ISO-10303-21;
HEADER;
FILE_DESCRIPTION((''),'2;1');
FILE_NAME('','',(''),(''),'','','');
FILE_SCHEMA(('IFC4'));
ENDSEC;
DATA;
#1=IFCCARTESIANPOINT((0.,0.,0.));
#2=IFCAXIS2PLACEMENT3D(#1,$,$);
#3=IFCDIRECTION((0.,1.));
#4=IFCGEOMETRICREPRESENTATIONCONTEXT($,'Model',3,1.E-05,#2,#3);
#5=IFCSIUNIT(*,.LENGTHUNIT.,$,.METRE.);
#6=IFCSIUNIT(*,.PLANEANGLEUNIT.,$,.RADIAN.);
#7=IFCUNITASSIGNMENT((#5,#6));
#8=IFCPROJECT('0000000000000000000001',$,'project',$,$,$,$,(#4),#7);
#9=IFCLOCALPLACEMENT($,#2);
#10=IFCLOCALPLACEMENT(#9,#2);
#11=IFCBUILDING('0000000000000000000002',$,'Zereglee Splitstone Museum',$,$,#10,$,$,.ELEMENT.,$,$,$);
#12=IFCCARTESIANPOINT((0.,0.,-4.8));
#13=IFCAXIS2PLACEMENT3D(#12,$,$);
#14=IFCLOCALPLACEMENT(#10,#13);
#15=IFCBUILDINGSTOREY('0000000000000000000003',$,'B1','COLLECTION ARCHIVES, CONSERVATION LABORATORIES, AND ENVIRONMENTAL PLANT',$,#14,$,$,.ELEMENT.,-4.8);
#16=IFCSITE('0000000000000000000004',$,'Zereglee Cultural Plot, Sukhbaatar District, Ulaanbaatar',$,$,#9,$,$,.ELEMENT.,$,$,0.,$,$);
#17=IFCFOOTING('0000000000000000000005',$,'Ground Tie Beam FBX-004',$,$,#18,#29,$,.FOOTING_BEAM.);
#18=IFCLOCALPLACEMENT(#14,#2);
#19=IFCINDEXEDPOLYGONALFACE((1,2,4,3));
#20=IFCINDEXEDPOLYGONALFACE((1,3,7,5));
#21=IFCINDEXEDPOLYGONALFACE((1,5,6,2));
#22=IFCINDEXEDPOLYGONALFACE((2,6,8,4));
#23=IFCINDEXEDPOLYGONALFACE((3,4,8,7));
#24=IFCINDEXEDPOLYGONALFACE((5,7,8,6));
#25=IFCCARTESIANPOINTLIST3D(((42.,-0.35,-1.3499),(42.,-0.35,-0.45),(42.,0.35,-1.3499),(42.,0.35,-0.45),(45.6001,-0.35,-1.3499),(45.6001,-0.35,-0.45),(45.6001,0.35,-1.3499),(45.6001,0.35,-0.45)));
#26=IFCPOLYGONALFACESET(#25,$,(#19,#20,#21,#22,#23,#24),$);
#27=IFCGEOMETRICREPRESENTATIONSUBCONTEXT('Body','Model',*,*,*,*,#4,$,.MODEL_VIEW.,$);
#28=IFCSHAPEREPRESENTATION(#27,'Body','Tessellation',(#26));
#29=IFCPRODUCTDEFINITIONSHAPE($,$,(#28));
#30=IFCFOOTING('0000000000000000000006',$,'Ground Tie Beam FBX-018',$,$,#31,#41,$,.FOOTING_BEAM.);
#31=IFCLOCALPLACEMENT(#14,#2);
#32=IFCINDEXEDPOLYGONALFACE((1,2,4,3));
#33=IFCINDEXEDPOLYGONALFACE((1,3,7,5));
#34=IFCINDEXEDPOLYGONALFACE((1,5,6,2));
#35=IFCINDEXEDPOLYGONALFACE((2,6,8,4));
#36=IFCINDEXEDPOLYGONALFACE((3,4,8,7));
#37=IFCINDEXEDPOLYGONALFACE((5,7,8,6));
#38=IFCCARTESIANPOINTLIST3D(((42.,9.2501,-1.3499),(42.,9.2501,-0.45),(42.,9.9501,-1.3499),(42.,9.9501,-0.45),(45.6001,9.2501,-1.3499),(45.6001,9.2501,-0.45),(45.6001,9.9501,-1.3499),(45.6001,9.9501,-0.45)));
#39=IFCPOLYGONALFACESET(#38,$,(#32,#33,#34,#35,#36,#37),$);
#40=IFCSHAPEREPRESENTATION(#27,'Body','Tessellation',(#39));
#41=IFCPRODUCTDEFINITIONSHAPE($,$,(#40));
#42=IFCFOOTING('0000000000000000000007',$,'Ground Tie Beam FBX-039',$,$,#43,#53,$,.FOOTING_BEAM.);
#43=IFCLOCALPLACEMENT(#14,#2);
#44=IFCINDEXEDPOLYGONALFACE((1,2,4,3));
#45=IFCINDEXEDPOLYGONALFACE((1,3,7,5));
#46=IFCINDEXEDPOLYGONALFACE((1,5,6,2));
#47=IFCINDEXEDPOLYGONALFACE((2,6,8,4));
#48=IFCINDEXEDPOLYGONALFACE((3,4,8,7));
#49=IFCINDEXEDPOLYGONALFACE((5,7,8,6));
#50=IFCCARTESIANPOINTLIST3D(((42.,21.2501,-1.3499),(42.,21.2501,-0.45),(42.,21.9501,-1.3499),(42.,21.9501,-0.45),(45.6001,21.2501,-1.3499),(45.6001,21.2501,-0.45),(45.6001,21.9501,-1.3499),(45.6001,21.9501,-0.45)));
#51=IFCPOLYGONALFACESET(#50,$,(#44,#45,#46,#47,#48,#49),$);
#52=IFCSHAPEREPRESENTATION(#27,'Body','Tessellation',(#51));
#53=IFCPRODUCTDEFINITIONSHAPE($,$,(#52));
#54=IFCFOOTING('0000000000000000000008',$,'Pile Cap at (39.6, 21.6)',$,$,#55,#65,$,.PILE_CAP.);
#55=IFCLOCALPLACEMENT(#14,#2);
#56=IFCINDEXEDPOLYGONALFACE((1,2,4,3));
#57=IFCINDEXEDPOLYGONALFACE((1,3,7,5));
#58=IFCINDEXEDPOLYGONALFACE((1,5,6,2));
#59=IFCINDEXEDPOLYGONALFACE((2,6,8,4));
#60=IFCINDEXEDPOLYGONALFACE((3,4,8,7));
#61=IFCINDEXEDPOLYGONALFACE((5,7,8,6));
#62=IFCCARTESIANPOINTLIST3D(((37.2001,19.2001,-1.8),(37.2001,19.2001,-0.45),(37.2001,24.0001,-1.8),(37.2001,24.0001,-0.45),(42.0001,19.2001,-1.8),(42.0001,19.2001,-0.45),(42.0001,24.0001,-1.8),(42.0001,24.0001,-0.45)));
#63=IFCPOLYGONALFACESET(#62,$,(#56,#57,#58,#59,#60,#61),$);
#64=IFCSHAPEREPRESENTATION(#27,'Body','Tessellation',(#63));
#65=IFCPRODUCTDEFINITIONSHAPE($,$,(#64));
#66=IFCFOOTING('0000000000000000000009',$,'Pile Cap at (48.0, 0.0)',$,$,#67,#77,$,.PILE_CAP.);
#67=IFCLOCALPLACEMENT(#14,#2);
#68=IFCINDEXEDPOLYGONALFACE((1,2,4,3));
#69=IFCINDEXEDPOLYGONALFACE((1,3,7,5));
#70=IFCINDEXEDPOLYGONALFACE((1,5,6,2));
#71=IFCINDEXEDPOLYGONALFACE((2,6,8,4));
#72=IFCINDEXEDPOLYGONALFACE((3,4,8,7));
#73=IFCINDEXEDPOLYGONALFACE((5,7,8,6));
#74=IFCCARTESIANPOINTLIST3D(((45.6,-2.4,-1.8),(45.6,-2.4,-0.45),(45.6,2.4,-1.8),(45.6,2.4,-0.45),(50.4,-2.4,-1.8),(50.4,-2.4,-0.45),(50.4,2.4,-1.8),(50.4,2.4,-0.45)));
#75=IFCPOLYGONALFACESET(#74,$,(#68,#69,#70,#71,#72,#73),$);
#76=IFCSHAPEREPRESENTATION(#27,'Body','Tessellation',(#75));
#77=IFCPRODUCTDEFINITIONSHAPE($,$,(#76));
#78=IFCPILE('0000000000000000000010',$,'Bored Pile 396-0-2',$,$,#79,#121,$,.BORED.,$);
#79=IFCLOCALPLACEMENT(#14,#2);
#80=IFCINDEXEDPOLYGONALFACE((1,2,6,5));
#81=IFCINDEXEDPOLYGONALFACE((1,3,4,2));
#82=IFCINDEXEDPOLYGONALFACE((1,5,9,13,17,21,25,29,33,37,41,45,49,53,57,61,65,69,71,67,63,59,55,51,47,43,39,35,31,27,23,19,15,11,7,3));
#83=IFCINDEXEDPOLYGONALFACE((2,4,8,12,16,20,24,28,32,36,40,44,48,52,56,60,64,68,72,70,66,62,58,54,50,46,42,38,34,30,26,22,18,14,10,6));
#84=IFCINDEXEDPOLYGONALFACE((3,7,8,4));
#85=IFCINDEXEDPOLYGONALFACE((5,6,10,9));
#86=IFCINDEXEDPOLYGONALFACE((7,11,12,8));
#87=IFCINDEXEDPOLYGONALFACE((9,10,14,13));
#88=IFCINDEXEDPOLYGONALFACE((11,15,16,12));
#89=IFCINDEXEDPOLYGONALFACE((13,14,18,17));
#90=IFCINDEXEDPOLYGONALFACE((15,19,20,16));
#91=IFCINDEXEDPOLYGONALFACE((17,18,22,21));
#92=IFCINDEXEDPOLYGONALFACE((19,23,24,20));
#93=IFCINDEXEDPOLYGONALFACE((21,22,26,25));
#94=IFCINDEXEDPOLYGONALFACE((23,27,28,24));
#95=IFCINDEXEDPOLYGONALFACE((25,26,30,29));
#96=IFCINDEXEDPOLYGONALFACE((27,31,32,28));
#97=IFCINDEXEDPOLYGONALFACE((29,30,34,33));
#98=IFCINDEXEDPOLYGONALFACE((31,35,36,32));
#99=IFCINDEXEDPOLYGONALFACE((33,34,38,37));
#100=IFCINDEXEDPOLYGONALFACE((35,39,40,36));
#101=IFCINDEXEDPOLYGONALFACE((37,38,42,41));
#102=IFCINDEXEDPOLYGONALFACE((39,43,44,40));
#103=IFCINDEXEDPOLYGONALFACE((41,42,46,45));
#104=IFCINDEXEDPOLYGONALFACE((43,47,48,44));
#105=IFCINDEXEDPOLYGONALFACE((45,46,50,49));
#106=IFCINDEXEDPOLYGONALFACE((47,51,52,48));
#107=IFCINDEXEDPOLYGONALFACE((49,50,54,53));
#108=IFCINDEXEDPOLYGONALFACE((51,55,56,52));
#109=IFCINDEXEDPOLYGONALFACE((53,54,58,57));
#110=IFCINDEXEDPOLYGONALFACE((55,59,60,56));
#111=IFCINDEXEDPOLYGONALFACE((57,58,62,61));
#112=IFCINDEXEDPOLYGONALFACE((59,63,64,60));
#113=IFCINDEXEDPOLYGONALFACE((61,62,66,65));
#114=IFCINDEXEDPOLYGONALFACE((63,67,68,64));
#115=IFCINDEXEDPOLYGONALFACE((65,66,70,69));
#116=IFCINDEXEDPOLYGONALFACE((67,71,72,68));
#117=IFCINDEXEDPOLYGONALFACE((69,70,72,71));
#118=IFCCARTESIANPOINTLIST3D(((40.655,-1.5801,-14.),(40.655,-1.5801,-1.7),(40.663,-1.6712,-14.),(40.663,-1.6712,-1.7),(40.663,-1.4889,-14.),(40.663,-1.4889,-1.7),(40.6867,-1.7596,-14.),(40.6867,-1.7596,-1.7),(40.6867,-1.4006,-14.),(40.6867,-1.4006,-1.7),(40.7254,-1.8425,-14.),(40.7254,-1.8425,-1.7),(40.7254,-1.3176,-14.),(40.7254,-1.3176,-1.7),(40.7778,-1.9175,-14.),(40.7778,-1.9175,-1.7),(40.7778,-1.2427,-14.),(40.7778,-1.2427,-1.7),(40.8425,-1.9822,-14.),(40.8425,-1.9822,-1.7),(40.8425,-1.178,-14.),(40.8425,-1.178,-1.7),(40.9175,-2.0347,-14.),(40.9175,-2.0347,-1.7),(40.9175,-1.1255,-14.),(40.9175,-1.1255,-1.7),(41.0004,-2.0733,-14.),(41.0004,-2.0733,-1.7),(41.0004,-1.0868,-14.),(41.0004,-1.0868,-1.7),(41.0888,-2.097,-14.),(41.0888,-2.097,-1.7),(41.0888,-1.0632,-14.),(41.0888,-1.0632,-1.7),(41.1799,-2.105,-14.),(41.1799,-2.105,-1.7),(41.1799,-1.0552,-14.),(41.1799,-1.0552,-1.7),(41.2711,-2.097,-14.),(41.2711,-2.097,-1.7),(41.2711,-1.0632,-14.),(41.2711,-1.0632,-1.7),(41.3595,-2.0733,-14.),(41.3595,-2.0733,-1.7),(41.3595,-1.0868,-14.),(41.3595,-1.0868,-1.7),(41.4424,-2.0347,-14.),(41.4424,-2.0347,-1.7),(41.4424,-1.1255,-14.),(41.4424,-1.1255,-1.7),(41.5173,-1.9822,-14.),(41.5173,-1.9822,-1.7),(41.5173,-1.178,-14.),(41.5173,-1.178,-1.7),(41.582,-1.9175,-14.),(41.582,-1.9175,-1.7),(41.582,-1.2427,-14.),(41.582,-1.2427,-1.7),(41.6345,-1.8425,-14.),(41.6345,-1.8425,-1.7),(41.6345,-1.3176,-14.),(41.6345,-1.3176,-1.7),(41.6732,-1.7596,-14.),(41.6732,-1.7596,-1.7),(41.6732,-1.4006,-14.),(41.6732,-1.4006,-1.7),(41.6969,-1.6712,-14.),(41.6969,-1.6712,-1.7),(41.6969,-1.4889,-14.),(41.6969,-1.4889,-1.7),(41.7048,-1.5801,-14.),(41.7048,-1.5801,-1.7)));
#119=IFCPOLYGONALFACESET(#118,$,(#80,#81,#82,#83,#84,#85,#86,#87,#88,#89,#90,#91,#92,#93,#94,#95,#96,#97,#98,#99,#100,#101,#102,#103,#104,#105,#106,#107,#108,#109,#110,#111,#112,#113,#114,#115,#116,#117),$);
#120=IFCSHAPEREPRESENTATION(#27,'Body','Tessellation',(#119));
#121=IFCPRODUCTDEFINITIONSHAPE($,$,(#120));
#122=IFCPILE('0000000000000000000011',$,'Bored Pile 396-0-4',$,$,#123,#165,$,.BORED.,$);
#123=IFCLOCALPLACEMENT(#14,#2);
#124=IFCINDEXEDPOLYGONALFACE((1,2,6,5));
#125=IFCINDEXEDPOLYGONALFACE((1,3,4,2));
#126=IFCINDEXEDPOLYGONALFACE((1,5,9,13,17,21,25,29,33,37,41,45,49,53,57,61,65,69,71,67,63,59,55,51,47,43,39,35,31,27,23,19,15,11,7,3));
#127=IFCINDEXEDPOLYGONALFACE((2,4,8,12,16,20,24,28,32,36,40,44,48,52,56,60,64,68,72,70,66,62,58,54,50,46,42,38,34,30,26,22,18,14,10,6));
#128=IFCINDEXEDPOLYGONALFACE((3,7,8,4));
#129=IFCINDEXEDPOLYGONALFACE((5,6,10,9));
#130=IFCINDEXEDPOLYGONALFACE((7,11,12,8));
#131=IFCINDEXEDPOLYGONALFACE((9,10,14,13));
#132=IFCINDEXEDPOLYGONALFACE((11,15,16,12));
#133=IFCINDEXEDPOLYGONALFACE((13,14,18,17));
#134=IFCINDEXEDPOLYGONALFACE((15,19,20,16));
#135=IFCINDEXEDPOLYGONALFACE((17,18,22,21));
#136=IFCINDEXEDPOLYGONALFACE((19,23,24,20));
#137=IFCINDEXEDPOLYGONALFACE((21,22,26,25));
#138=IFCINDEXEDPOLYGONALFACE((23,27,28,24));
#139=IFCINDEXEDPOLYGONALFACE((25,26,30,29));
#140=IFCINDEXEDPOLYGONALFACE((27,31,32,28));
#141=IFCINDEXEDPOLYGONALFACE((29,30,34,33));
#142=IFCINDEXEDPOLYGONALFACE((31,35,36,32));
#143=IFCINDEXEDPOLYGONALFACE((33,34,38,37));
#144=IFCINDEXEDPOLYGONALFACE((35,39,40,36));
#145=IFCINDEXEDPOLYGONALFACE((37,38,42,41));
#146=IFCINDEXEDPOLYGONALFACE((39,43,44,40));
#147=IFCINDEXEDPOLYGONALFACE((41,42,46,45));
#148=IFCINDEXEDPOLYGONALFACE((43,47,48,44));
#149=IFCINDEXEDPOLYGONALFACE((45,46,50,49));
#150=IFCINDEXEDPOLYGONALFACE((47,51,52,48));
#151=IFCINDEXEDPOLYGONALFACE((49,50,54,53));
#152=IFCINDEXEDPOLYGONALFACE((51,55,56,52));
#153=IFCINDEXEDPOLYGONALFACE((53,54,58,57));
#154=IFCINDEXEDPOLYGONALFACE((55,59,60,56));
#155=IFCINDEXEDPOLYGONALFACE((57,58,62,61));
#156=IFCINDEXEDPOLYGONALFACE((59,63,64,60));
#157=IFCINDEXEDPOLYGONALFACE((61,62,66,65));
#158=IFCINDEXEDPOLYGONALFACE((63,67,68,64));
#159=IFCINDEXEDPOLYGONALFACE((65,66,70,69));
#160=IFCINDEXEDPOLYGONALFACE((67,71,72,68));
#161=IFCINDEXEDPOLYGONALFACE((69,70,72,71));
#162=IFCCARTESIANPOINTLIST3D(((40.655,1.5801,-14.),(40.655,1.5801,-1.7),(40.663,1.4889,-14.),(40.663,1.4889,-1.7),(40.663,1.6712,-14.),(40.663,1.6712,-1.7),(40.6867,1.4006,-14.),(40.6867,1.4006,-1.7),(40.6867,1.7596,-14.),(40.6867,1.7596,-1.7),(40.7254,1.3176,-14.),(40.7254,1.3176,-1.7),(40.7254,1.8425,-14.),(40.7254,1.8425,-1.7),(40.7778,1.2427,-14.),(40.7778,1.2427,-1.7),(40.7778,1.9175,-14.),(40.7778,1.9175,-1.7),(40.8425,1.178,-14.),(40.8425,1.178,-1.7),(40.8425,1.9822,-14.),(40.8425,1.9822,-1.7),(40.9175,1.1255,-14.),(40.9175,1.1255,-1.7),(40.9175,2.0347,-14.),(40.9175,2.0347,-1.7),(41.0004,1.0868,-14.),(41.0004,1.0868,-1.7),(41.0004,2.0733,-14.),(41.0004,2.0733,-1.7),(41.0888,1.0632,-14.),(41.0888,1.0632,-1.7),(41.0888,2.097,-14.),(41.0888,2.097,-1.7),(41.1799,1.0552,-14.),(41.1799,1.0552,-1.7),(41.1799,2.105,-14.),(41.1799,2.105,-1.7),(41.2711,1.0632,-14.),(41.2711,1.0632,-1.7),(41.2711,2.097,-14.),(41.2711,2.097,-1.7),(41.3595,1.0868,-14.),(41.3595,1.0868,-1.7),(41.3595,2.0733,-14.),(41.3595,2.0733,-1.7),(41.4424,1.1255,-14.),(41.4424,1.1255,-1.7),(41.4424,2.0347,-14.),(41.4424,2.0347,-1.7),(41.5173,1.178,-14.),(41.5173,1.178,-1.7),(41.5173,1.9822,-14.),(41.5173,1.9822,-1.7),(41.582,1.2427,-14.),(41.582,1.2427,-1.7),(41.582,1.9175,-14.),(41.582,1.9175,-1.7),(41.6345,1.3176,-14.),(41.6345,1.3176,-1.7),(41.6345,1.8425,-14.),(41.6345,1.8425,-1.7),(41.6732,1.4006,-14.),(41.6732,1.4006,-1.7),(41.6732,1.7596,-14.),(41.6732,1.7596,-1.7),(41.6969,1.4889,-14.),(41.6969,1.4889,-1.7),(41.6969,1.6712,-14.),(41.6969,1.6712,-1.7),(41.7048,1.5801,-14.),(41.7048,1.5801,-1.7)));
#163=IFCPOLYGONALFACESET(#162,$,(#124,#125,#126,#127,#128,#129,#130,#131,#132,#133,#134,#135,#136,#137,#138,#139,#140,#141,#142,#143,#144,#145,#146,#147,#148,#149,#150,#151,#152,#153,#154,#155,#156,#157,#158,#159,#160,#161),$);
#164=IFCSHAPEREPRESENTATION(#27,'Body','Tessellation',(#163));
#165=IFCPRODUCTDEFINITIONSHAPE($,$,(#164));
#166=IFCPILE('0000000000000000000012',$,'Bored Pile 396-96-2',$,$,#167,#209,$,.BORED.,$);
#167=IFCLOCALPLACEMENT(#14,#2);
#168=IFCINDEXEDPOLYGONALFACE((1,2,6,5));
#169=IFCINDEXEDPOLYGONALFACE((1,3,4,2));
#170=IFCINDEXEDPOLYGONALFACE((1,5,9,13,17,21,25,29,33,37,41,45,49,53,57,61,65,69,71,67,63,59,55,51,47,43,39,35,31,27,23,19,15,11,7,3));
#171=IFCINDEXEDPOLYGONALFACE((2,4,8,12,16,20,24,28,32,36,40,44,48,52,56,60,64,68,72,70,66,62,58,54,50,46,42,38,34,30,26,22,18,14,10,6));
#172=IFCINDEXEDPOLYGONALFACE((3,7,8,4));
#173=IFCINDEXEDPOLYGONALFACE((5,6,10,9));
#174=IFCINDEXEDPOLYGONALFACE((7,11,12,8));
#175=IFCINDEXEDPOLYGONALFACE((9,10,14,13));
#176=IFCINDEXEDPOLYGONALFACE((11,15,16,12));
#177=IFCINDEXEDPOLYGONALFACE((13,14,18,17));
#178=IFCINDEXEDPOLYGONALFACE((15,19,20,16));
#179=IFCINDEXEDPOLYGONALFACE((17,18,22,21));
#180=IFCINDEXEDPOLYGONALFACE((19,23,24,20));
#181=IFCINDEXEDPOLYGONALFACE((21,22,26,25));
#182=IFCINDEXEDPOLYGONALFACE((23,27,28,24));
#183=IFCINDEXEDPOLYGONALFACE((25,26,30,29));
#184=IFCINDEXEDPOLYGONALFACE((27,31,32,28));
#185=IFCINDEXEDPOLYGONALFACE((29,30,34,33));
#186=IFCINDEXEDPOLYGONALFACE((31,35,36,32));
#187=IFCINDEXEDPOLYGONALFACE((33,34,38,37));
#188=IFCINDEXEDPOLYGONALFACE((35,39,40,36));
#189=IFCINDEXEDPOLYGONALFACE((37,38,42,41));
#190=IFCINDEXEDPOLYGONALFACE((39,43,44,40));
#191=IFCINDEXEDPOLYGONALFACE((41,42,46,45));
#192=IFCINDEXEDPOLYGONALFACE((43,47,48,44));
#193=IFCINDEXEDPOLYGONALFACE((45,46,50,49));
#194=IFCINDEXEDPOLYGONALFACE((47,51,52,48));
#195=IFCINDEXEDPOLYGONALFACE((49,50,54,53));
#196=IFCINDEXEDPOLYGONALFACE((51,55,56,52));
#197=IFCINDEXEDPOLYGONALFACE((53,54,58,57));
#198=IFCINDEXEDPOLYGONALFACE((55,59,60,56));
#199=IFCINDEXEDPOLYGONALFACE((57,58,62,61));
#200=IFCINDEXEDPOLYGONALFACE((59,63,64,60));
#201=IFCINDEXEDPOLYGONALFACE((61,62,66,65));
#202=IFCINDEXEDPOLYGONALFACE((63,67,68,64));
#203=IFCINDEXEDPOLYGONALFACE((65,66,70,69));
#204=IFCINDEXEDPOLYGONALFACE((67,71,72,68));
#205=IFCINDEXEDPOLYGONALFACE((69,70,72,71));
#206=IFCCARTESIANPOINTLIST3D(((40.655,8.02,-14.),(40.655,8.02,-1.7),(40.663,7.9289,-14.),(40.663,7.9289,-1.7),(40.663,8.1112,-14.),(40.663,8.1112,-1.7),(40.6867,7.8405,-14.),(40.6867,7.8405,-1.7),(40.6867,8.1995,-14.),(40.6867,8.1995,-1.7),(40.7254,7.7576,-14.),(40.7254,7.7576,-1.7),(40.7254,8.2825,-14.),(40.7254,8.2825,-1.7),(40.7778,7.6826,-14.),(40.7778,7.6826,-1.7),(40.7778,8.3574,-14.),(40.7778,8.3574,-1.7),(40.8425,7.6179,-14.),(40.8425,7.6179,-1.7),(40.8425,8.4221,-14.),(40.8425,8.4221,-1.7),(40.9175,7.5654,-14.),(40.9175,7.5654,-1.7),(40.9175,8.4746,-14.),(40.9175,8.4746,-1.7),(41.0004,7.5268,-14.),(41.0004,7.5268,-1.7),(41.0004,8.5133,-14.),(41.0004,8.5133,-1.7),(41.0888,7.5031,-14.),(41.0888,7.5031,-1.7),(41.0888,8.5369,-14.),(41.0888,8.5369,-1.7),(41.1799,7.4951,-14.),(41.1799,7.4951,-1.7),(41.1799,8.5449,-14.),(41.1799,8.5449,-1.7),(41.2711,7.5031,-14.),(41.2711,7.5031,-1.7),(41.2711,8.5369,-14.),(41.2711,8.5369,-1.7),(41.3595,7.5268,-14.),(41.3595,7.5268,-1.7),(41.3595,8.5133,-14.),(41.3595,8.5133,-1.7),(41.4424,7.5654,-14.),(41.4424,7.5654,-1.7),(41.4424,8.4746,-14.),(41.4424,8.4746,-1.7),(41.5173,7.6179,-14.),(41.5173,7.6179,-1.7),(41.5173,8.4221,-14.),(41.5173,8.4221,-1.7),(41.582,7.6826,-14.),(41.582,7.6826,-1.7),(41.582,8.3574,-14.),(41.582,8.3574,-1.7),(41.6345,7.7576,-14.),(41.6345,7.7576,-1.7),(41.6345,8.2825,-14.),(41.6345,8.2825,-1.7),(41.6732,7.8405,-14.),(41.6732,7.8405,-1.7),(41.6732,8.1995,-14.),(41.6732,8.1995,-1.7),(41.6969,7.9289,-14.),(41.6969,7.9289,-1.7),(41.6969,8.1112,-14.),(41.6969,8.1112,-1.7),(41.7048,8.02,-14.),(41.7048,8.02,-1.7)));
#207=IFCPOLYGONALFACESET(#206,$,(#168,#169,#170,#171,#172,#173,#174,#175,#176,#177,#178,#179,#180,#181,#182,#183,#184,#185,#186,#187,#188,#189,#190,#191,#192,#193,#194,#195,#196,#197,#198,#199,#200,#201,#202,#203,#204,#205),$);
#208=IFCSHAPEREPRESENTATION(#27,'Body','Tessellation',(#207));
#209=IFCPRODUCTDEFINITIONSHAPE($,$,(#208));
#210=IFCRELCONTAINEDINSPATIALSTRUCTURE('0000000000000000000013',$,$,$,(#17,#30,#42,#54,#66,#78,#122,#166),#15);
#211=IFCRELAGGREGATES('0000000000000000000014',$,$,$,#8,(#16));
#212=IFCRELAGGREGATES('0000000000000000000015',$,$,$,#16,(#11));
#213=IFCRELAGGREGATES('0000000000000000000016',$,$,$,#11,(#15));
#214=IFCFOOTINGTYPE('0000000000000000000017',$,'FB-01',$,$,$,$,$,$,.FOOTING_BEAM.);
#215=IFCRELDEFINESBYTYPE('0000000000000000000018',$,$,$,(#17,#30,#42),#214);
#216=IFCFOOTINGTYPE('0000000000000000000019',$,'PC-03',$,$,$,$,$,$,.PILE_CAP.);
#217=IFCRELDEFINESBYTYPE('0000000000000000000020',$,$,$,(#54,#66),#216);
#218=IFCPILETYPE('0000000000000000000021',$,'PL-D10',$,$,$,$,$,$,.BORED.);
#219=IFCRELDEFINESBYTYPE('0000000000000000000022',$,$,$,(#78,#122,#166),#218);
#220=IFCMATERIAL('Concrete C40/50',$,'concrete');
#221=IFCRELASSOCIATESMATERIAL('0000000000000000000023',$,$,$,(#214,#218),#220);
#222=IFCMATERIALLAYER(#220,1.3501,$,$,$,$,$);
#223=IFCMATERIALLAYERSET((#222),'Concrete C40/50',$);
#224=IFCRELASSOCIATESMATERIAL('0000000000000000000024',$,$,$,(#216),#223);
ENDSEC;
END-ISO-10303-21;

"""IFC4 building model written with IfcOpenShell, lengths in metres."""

from ifc_helpers import new_model, si_unit, direction, frame, origin, origin_2d, place, context, subcontext, project, spatial, rectangle, circle, extrude, material, layer, layer_set, material_profile, profile_set, type_object, element, save


model = new_model("IFC4")

# Units and contexts
model_context = context("Model", 3, precision=1e-05, world=origin(), true_north=direction((0.0, 1.0)))
body_context = subcontext(model_context, "Body", "Model", "MODEL_VIEW")
ifc_project = project(units=[si_unit("LENGTHUNIT", "METRE"), si_unit("PLANEANGLEUNIT", "RADIAN")], contexts=[model_context])

# Site, building, storey
site_placement = place(None, origin())
site = spatial("IfcSite", under=ifc_project, at=site_placement, Name="Zereglee Cultural Plot, Sukhbaatar District, Ulaanbaatar", CompositionType="ELEMENT", RefElevation=0.0)
building_placement = place(site_placement, origin())
building = spatial("IfcBuilding", under=site, at=building_placement, Name="Zereglee Splitstone Museum", CompositionType="ELEMENT")
storey_placement = place(building_placement, frame((0.0, 0.0, -4.8)))
storey = spatial("IfcBuildingStorey", under=building, at=storey_placement, Name="B1", Description="COLLECTION ARCHIVES, CONSERVATION LABORATORIES, AND ENVIRONMENTAL PLANT", CompositionType="ELEMENT", Elevation=-4.8)

# Footings
ifc_material_1 = material(Name="Concrete C40/50", Category="concrete")
footing_type_1 = type_object("IfcFootingType", Name="FB-01", PredefinedType="FOOTING_BEAM", material=ifc_material_1)
for number, where, z_axis, x_axis, name in (
    (1, (43.8, 0.0, -1.3499), (0.0, 0.0, 1.0), (1.0, 0.0, 0.0), "Ground Tie Beam FBX-004"),
    (2, (43.8, 9.6001, -1.3499), (0.0, 0.0, 1.0), (1.0, 0.0, 0.0), "Ground Tie Beam FBX-018"),
    (3, (43.8, 21.6001, -1.3499), (0.0, 0.0, 1.0), (1.0, 0.0, 0.0), "Ground Tie Beam FBX-039"),
):
    element("IfcFooting", number, at=place(storey_placement, frame(where, z_axis=z_axis, x_axis=x_axis)), inside=storey, type_object=footing_type_1, Name=name, PredefinedType="FOOTING_BEAM", context=body_context, shape_type="SweptSolid", body=[
        extrude(rectangle(XDim=3.6001, YDim=0.7, at=origin_2d()), origin(), (0.0, 0.0, 1.0), 0.8999),
    ])
ifc_layer_1 = layer(ifc_material_1, 1.3501)
ifc_layer_set_1 = layer_set([ifc_layer_1], Name="Concrete C40/50")
footing_type_2 = type_object("IfcFootingType", Name="PC-03", PredefinedType="PILE_CAP", material=ifc_layer_set_1)
for number, where, z_axis, x_axis, name in (
    (4, (39.6001, 21.6001, -1.8), (0.0, 0.0, 1.0), (1.0, 0.0, 0.0), "Pile Cap at (39.6, 21.6)"),
    (5, (48.0, 0.0, -1.8), (0.0, 0.0, 1.0), (1.0, 0.0, 0.0), "Pile Cap at (48.0, 0.0)"),
):
    element("IfcFooting", number, at=place(storey_placement, frame(where, z_axis=z_axis, x_axis=x_axis)), inside=storey, type_object=footing_type_2, Name=name, PredefinedType="PILE_CAP", context=body_context, shape_type="SweptSolid", body=[
        extrude(rectangle(XDim=4.8, YDim=4.8, at=origin_2d()), origin(), (0.0, 0.0, 1.0), 1.3501),
    ])

# Piles
ifc_material_profile_1 = material_profile(ifc_material_1, circle(Radius=0.5249, at=origin_2d()), Name="PILE D1050")
ifc_profile_set_1 = profile_set([ifc_material_profile_1], Name="Concrete C40/50")
pile_type = type_object("IfcPileType", Name="PL-D10", PredefinedType="BORED", material=ifc_profile_set_1)
for number, where, z_axis, x_axis, name in (
    (6, (41.1799, -1.5801, -1.7), (0.0, 0.0, -1.0), (1.0, 0.0, 0.0), "Bored Pile 396-0-2"),
    (7, (41.1799, 1.5801, -1.7), (0.0, 0.0, -1.0), (1.0, 0.0, 0.0), "Bored Pile 396-0-4"),
    (8, (41.1799, 8.02, -1.7), (0.0, 0.0, -1.0), (1.0, 0.0, 0.0), "Bored Pile 396-96-2"),
):
    element("IfcPile", number, at=place(storey_placement, frame(where, z_axis=z_axis, x_axis=x_axis)), inside=storey, type_object=pile_type, Name=name, PredefinedType="BORED", context=body_context, shape_type="SweptSolid", body=[
        extrude(circle(Radius=0.5249, at=origin_2d()), origin(), (0.0, 0.0, 1.0), 12.3),
    ])

save(model, "model.ifc")
